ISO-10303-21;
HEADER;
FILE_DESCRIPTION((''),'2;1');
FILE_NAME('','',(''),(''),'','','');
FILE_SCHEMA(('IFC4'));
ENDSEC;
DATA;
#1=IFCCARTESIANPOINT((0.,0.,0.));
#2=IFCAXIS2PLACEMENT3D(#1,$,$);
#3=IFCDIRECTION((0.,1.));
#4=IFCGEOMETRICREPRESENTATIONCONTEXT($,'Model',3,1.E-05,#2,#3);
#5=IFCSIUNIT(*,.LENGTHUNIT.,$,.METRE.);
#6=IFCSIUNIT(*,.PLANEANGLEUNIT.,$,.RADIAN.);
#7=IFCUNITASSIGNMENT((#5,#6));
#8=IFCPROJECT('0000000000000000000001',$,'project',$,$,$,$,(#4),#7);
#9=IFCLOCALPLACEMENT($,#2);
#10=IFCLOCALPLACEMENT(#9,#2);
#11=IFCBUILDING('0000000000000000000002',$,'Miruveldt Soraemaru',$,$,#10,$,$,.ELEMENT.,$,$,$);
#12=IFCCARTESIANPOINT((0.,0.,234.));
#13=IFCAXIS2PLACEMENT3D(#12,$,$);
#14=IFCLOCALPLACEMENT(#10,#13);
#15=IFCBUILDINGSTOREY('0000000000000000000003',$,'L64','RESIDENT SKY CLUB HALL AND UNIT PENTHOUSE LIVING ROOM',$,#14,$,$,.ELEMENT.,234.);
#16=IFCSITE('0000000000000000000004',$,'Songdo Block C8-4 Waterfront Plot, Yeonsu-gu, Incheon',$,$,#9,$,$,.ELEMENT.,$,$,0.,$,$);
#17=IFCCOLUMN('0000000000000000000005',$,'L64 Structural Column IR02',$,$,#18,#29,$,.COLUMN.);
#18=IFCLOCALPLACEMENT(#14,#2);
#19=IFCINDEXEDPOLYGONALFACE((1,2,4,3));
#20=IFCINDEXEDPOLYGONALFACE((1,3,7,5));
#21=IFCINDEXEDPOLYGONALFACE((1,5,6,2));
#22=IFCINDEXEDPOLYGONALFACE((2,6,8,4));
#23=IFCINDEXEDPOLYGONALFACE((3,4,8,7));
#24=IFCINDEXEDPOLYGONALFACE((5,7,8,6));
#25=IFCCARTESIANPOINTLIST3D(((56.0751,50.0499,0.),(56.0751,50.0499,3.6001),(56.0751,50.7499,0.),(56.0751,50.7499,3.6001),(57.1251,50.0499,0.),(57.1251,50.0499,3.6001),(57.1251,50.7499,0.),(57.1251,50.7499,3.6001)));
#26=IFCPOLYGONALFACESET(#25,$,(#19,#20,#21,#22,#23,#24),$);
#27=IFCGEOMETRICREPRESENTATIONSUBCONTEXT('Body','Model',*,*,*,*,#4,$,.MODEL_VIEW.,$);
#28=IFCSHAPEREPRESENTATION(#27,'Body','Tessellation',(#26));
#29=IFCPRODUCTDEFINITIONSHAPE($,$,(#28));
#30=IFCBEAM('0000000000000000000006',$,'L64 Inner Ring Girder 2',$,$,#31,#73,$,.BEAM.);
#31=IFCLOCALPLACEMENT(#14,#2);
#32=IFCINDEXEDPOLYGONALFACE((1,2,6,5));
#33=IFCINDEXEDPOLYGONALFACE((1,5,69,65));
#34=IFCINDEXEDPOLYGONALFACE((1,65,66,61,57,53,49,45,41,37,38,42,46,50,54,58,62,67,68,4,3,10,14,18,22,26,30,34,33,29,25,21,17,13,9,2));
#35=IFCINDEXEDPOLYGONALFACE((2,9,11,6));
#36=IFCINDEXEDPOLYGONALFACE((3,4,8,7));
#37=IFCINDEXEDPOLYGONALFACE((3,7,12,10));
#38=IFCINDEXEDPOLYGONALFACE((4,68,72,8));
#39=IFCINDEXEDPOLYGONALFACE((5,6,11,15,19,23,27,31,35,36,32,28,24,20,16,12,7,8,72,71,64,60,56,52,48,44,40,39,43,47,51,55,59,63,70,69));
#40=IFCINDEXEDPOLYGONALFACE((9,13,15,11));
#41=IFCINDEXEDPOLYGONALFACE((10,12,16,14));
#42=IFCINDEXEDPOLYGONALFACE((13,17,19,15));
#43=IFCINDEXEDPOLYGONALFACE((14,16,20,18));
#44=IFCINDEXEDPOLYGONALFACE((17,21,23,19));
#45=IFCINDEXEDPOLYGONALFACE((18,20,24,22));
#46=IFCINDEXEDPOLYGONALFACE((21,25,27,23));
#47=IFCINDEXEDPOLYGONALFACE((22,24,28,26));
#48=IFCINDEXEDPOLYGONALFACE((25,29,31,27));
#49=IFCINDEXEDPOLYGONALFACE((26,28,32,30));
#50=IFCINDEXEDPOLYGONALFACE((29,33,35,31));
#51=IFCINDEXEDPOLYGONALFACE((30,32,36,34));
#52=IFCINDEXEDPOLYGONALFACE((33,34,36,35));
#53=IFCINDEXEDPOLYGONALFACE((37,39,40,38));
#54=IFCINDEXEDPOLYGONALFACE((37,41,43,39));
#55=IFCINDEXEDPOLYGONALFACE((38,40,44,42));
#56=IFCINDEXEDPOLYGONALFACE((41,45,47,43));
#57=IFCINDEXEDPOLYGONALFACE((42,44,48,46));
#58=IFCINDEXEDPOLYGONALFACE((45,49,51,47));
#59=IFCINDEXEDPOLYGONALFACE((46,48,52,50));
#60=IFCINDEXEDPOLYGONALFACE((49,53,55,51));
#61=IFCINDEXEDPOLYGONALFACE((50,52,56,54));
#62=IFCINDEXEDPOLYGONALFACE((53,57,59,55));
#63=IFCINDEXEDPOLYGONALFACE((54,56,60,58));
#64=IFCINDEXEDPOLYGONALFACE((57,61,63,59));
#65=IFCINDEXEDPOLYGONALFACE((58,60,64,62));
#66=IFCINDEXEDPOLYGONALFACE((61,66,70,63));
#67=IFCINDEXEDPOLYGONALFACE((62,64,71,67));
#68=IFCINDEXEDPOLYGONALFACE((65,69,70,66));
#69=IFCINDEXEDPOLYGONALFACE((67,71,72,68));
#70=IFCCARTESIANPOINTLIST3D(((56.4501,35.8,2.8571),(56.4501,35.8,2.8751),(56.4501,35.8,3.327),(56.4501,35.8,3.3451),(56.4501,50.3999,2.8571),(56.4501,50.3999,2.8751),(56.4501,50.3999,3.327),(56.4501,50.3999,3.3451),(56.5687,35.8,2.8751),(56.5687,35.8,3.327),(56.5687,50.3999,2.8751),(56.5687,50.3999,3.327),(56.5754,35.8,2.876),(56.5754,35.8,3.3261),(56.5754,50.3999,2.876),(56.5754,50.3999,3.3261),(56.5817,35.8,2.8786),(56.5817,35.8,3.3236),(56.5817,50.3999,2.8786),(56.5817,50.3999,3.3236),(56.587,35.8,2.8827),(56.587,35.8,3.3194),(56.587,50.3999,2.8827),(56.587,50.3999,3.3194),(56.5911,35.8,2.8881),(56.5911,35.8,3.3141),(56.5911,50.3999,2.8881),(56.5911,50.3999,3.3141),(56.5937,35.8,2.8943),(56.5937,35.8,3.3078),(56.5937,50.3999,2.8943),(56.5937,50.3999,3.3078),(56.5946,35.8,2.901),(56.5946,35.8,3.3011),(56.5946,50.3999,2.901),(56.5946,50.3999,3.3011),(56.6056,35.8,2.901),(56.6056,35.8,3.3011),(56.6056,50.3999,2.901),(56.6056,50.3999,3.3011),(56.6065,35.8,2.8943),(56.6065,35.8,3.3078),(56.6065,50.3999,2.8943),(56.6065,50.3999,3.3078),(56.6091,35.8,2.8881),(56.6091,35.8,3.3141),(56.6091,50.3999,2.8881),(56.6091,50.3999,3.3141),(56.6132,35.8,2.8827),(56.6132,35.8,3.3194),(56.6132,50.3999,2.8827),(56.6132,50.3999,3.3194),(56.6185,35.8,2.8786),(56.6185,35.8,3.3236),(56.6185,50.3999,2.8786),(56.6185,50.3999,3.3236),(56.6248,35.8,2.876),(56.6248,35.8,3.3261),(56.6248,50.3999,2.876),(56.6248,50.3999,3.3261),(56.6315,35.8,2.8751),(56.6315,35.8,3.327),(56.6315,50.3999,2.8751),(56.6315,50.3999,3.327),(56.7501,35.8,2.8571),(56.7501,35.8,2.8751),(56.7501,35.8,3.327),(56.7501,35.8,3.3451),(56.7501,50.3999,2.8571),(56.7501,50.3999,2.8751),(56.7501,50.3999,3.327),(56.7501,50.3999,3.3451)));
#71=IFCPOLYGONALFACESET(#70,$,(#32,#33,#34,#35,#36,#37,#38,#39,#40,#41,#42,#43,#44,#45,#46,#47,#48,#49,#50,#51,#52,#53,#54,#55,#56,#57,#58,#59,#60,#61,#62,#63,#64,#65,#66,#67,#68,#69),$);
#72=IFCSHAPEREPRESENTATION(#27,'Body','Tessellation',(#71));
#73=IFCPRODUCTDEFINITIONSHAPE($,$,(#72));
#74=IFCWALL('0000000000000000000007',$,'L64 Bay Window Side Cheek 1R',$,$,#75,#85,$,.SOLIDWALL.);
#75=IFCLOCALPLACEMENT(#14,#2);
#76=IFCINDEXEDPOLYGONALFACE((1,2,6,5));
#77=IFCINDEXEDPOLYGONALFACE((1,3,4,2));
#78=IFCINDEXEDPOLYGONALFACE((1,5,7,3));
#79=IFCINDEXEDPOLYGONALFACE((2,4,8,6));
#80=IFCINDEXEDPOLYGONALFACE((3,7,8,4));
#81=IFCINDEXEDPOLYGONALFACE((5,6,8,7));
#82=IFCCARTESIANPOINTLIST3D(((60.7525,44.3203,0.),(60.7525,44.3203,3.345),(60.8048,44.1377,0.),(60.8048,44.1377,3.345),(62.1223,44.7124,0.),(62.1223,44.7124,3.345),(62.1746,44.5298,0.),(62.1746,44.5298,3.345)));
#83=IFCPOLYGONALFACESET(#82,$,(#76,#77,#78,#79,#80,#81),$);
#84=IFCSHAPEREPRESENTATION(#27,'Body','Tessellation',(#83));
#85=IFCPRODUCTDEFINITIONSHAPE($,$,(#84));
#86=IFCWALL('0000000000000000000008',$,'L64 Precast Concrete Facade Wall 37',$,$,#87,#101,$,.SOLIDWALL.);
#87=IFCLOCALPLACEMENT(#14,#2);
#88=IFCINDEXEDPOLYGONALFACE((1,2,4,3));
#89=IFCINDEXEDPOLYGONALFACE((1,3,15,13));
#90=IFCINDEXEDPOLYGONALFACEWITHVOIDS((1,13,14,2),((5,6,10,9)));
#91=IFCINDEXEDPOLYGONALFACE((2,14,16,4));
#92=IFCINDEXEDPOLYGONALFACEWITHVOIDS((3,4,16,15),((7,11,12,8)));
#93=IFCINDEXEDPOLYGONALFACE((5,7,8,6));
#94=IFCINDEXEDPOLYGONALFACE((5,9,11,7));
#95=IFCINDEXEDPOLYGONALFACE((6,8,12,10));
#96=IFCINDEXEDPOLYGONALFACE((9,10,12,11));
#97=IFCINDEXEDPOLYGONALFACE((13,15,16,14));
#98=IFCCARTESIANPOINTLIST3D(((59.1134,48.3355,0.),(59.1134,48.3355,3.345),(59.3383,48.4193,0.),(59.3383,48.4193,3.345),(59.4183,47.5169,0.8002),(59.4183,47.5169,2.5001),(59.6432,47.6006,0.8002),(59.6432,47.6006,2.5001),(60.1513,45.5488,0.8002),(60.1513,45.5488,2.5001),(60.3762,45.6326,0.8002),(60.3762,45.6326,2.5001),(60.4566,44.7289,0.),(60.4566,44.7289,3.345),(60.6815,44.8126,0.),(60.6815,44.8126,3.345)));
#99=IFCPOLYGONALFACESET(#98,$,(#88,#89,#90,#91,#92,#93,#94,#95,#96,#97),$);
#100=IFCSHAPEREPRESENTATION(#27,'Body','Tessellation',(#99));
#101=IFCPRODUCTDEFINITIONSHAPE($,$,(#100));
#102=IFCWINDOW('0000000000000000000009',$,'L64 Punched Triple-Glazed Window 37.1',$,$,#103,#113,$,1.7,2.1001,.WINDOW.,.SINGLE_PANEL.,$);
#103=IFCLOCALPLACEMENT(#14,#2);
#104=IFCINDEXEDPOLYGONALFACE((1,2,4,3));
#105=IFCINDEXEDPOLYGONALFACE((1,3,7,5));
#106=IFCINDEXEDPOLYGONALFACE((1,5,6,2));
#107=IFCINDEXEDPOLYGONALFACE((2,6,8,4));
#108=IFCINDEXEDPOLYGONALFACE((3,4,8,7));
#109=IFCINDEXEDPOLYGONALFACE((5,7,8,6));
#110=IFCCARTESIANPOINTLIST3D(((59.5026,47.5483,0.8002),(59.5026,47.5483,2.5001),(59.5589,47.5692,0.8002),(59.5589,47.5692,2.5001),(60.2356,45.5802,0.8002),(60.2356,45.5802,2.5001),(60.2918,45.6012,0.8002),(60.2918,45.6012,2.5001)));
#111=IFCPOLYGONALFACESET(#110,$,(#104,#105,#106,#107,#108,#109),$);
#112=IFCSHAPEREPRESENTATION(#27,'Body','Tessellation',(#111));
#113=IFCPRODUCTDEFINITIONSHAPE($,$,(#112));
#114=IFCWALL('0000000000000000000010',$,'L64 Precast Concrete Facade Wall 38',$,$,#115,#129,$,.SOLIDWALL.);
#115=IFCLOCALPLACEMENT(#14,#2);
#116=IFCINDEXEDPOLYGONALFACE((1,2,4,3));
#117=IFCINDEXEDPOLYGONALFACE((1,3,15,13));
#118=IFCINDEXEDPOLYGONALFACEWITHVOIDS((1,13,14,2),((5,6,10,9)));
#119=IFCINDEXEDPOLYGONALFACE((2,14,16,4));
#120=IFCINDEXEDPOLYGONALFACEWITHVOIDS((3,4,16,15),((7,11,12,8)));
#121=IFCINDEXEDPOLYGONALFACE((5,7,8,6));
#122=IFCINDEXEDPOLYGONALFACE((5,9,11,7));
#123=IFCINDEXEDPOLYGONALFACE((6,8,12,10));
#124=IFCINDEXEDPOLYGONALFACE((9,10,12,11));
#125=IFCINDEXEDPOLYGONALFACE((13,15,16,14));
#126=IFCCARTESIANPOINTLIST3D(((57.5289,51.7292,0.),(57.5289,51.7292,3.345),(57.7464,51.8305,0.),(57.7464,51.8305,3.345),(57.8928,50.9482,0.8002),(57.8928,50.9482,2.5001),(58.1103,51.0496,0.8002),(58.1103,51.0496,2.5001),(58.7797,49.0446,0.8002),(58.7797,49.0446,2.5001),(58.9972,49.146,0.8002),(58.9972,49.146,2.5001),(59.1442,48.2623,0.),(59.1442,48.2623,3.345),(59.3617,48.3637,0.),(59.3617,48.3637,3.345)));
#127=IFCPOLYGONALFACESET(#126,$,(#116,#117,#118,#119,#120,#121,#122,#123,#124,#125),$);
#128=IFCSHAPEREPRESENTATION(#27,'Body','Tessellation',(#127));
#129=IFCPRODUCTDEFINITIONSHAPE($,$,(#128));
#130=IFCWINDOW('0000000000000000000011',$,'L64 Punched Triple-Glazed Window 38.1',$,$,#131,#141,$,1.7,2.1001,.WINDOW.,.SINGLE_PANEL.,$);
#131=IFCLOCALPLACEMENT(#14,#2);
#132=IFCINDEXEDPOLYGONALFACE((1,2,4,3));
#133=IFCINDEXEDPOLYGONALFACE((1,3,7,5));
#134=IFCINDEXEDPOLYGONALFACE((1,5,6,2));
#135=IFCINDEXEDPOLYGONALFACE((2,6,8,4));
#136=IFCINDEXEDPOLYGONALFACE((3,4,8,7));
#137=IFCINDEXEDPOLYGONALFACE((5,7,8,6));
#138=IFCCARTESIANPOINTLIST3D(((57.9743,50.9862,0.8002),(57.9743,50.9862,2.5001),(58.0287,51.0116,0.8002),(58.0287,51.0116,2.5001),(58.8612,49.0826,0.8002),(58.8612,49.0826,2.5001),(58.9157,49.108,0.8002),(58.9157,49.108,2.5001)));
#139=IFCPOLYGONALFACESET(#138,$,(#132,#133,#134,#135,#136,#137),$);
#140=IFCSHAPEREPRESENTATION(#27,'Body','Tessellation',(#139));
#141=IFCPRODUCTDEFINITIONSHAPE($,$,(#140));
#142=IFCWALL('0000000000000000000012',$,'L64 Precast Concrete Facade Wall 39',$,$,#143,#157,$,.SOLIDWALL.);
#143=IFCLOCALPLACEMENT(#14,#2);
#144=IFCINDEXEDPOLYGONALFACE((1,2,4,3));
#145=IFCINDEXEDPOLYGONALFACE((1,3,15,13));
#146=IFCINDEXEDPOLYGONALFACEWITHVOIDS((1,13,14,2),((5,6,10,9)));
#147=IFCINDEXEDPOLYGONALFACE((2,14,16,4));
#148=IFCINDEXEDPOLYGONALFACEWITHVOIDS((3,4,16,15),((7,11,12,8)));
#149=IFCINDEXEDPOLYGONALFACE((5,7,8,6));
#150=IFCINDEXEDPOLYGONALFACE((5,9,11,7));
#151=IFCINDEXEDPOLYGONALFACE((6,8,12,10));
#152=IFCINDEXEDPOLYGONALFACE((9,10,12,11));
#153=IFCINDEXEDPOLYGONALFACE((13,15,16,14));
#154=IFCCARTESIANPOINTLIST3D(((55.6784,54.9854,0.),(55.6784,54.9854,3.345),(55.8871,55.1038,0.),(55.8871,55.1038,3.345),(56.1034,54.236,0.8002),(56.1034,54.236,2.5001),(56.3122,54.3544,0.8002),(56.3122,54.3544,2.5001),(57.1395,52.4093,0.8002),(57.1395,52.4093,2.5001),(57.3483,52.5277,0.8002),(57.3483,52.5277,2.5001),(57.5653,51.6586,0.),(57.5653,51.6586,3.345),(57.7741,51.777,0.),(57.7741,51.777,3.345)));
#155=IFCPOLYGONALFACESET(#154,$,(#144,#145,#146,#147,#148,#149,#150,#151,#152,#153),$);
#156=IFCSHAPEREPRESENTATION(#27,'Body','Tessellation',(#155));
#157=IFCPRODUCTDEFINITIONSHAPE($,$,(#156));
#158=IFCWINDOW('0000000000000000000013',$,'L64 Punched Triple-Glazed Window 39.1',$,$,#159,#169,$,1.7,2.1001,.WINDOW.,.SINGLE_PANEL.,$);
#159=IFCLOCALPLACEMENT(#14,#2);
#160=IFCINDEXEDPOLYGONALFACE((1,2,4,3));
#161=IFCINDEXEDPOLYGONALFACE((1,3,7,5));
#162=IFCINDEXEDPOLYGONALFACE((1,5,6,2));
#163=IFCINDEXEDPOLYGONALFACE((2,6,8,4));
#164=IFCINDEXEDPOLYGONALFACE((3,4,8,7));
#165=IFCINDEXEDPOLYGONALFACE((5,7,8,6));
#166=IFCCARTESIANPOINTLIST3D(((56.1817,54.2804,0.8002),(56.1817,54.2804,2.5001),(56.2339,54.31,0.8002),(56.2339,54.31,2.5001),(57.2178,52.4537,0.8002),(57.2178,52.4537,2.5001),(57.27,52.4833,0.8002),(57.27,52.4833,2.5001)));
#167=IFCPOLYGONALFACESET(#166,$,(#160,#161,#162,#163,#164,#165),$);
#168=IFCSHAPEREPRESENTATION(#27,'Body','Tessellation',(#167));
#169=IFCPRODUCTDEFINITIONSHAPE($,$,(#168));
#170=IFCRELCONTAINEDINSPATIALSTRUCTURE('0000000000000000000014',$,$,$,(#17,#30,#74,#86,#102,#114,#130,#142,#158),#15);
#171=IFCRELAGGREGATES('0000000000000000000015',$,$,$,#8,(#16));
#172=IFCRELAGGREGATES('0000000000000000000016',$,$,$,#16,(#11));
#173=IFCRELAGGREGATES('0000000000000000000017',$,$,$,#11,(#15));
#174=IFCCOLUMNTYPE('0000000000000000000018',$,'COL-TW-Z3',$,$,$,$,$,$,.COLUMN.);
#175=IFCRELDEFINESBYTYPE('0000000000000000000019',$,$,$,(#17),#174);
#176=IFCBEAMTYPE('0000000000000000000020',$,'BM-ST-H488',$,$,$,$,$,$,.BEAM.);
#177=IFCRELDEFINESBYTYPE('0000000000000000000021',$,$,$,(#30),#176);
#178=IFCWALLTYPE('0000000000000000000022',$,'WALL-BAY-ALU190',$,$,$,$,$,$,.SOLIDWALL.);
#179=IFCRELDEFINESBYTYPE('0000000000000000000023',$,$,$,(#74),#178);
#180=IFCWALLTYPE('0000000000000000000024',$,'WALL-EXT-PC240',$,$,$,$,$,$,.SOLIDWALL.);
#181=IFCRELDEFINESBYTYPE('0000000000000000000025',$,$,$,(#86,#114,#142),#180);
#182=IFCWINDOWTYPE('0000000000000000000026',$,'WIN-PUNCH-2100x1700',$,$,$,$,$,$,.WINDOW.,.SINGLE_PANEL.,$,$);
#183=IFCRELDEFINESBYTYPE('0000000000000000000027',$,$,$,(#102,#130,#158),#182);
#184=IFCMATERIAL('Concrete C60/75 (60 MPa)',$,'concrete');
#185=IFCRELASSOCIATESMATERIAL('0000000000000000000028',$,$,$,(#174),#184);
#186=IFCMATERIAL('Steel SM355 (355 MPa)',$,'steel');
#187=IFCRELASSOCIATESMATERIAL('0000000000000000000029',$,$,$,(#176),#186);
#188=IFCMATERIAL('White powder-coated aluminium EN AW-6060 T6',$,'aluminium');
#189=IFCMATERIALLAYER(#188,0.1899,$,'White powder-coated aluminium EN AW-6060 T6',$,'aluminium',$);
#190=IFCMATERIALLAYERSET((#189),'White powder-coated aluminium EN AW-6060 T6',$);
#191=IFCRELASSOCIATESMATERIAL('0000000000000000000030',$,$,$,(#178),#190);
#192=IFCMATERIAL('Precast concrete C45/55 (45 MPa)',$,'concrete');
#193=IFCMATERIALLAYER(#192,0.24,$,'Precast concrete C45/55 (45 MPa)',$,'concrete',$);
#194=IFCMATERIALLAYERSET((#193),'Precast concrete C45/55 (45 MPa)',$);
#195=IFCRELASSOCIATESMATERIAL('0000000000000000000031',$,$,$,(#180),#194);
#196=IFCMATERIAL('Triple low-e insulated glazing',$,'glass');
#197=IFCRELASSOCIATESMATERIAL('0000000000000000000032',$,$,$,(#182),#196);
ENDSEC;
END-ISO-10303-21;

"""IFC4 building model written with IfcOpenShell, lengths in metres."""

from ifc_helpers import new_model, si_unit, direction, frame, frame_2d, origin, origin_2d, place, context, subcontext, project, spatial, rectangle, i_section, extrude, material, layer, layer_set, material_profile, profile_set, type_object, element, fill, save


model = new_model("IFC4")

# Units and contexts
model_context = context("Model", 3, precision=1e-05, world=origin(), true_north=direction((0.0, 1.0)))
body_context = subcontext(model_context, "Body", "Model", "MODEL_VIEW")
ifc_project = project(units=[si_unit("LENGTHUNIT", "METRE"), si_unit("PLANEANGLEUNIT", "RADIAN")], contexts=[model_context])

# Site, building, storey
site_placement = place(None, origin())
site = spatial("IfcSite", under=ifc_project, at=site_placement, Name="Songdo Block C8-4 Waterfront Plot, Yeonsu-gu, Incheon", CompositionType="ELEMENT", RefElevation=0.0)
building_placement = place(site_placement, origin())
building = spatial("IfcBuilding", under=site, at=building_placement, Name="Miruveldt Soraemaru", CompositionType="ELEMENT")
storey_placement = place(building_placement, frame((0.0, 0.0, 234.0)))
storey = spatial("IfcBuildingStorey", under=building, at=storey_placement, Name="L64", Description="RESIDENT SKY CLUB HALL AND UNIT PENTHOUSE LIVING ROOM", CompositionType="ELEMENT", Elevation=234.0)

# Column
ifc_material_1 = material(Name="Concrete C60/75 (60 MPa)", Category="concrete")
ifc_material_profile_1 = material_profile(ifc_material_1, rectangle(XDim=1.05, YDim=0.7, at=origin_2d()), Name="Concrete C60/75 (60 MPa)", Category="concrete")
ifc_profile_set_1 = profile_set([ifc_material_profile_1], Name="Concrete C60/75 (60 MPa)")
column_type = type_object("IfcColumnType", Name="COL-TW-Z3", PredefinedType="COLUMN", material=ifc_profile_set_1)
column_placement = place(storey_placement, frame((56.6001, 50.3999, 0.0), z_axis=(0.0, 0.0, 1.0), x_axis=(1.0, 0.0, 0.0)))
element("IfcColumn", 1, at=column_placement, inside=storey, type_object=column_type, Name="L64 Structural Column IR02", PredefinedType="COLUMN", context=body_context, shape_type="SweptSolid", body=[
    extrude(rectangle(XDim=1.05, YDim=0.7, at=origin_2d()), origin(), (0.0, 0.0, 1.0), 3.6001),
])

# Beam
ifc_material_2 = material(Name="Steel SM355 (355 MPa)", Category="steel")
ifc_material_profile_2 = material_profile(ifc_material_2, i_section(OverallWidth=0.3, OverallDepth=0.488, WebThickness=0.011, FlangeThickness=0.0181, FilletRadius=0.0259, at=origin_2d()), Name="Steel SM355 (355 MPa)", Category="steel")
ifc_profile_set_2 = profile_set([ifc_material_profile_2], Name="Steel SM355 (355 MPa)")
beam_type = type_object("IfcBeamType", Name="BM-ST-H488", PredefinedType="BEAM", material=ifc_profile_set_2)
beam_placement = place(storey_placement, frame((56.6001, 50.3999, 3.1011), z_axis=(0.0, -1.0, 0.0), x_axis=(1.0, 0.0, 0.0)))
element("IfcBeam", 2, at=beam_placement, inside=storey, type_object=beam_type, Name="L64 Inner Ring Girder 2", PredefinedType="BEAM", context=body_context, shape_type="SweptSolid", body=[
    extrude(i_section(OverallWidth=0.3, OverallDepth=0.488, WebThickness=0.011, FlangeThickness=0.0181, FilletRadius=0.0259, at=origin_2d()), origin(), (0.0, 0.0, 1.0), 14.5999),
])

# Wall
ifc_material_3 = material(Name="White powder-coated aluminium EN AW-6060 T6", Category="aluminium")
ifc_layer_1 = layer(ifc_material_3, 0.1899, Name="White powder-coated aluminium EN AW-6060 T6", Category="aluminium")
ifc_layer_set_1 = layer_set([ifc_layer_1], Name="White powder-coated aluminium EN AW-6060 T6")
wall_type_1 = type_object("IfcWallType", Name="WALL-BAY-ALU190", PredefinedType="SOLIDWALL", material=ifc_layer_set_1)
wall_1_placement = place(storey_placement, frame((62.1484, 44.6211, 0.0), z_axis=(0.0, 0.0, 1.0), x_axis=(-0.961395, -0.275174, 0.0)))
element("IfcWall", 3, at=wall_1_placement, inside=storey, type_object=wall_type_1, Name="L64 Bay Window Side Cheek 1R", PredefinedType="SOLIDWALL", context=body_context, shape_type="SweptSolid", body=[
    extrude(rectangle(XDim=1.4248, YDim=0.1899, at=frame_2d((0.7124, 0.0))), origin(), (0.0, 0.0, 1.0), 3.345),
])

# Walls, openings, windows
ifc_material_4 = material(Name="Precast concrete C45/55 (45 MPa)", Category="concrete")
ifc_layer_2 = layer(ifc_material_4, 0.24, Name="Precast concrete C45/55 (45 MPa)", Category="concrete")
ifc_layer_set_2 = layer_set([ifc_layer_2], Name="Precast concrete C45/55 (45 MPa)")
wall_type_2 = type_object("IfcWallType", Name="WALL-EXT-PC240", PredefinedType="SOLIDWALL", material=ifc_layer_set_2)
wall_2_placement = place(storey_placement, frame((60.5691, 44.7708, 0.0), z_axis=(0.0, 0.0, 1.0), x_axis=(-0.349016, 0.937117, 0.0)))
wall_2 = element("IfcWall", 4, at=wall_2_placement, inside=storey, type_object=wall_type_2, Name="L64 Precast Concrete Facade Wall 37", PredefinedType="SOLIDWALL", context=body_context, shape_type="SweptSolid", body=[
    extrude(rectangle(XDim=3.8486, YDim=0.24, at=frame_2d((1.9243, 0.0))), origin(), (0.0, 0.0, 1.0), 3.345),
])
opening_1_placement = place(wall_2_placement, frame((0.875, 0.0, 0.8)))
opening_1 = element("IfcOpeningElement", 5, at=opening_1_placement, cuts=wall_2, PredefinedType="OPENING", context=body_context, shape_type="SweptSolid", body=[
    extrude(rectangle(XDim=2.1001, YDim=1.7, at=frame_2d((1.05, 0.8501))), frame((0.0, 0.1299, 0.0), z_axis=(0.0, -1.0, 0.0), x_axis=(1.0, 0.0, 0.0)), (0.0, 0.0, 1.0), 0.26),
])
ifc_material_5 = material(Name="Triple low-e insulated glazing", Category="glass")
window_type = type_object("IfcWindowType", Name="WIN-PUNCH-2100x1700", PartitioningType="SINGLE_PANEL", PredefinedType="WINDOW", material=ifc_material_5)
window_1_placement = place(opening_1_placement, origin())
window_1 = element("IfcWindow", 6, at=window_1_placement, inside=storey, type_object=window_type, Name="L64 Punched Triple-Glazed Window 37.1", OverallHeight=1.7, OverallWidth=2.1001, PartitioningType="SINGLE_PANEL", PredefinedType="WINDOW", context=body_context, shape_type="SweptSolid", body=[
    extrude(rectangle(XDim=2.1001, YDim=1.7, at=frame_2d((1.05, 0.8501))), frame((0.0, 0.03, 0.0), z_axis=(0.0, -1.0, 0.0), x_axis=(1.0, 0.0, 0.0)), (0.0, 0.0, 1.0), 0.0601),
])
fill(opening_1, window_1)
wall_3_placement = place(storey_placement, frame((59.2529, 48.313, 0.0), z_axis=(0.0, 0.0, 1.0), x_axis=(-0.422326, 0.906444, 0.0)))
wall_3 = element("IfcWall", 7, at=wall_3_placement, inside=storey, type_object=wall_type_2, Name="L64 Precast Concrete Facade Wall 38", PredefinedType="SOLIDWALL", context=body_context, shape_type="SweptSolid", body=[
    extrude(rectangle(XDim=3.8247, YDim=0.24, at=frame_2d((1.9124, 0.0))), origin(), (0.0, 0.0, 1.0), 3.345),
])
opening_2_placement = place(wall_3_placement, frame((0.863, 0.0, 0.8)))
opening_2 = element("IfcOpeningElement", 8, at=opening_2_placement, cuts=wall_3, PredefinedType="OPENING", context=body_context, shape_type="SweptSolid", body=[
    extrude(rectangle(XDim=2.1001, YDim=1.7, at=frame_2d((1.05, 0.8501))), frame((0.0, 0.1299, 0.0), z_axis=(0.0, -1.0, 0.0), x_axis=(1.0, 0.0, 0.0)), (0.0, 0.0, 1.0), 0.26),
])
window_2_placement = place(opening_2_placement, origin())
window_2 = element("IfcWindow", 9, at=window_2_placement, inside=storey, type_object=window_type, Name="L64 Punched Triple-Glazed Window 38.1", OverallHeight=1.7, OverallWidth=2.1001, PartitioningType="SINGLE_PANEL", PredefinedType="WINDOW", context=body_context, shape_type="SweptSolid", body=[
    extrude(rectangle(XDim=2.1001, YDim=1.7, at=frame_2d((1.05, 0.8501))), frame((0.0, 0.03, 0.0), z_axis=(0.0, -1.0, 0.0), x_axis=(1.0, 0.0, 0.0)), (0.0, 0.0, 1.0), 0.0601),
])
fill(opening_2, window_2)
wall_4_placement = place(storey_placement, frame((57.6697, 51.7178, 0.0), z_axis=(0.0, 0.0, 1.0), x_axis=(-0.493352, 0.86983, 0.0)))
wall_4 = element("IfcWall", 10, at=wall_4_placement, inside=storey, type_object=wall_type_2, Name="L64 Precast Concrete Facade Wall 39", PredefinedType="SOLIDWALL", context=body_context, shape_type="SweptSolid", body=[
    extrude(rectangle(XDim=3.8247, YDim=0.24, at=frame_2d((1.9124, 0.0))), origin(), (0.0, 0.0, 1.0), 3.345),
])
opening_3_placement = place(wall_4_placement, frame((0.863, 0.0, 0.8)))
opening_3 = element("IfcOpeningElement", 11, at=opening_3_placement, cuts=wall_4, PredefinedType="OPENING", context=body_context, shape_type="SweptSolid", body=[
    extrude(rectangle(XDim=2.1001, YDim=1.7, at=frame_2d((1.05, 0.8501))), frame((0.0, 0.1299, 0.0), z_axis=(0.0, -1.0, 0.0), x_axis=(1.0, 0.0, 0.0)), (0.0, 0.0, 1.0), 0.26),
])
window_3_placement = place(opening_3_placement, origin())
window_3 = element("IfcWindow", 12, at=window_3_placement, inside=storey, type_object=window_type, Name="L64 Punched Triple-Glazed Window 39.1", OverallHeight=1.7, OverallWidth=2.1001, PartitioningType="SINGLE_PANEL", PredefinedType="WINDOW", context=body_context, shape_type="SweptSolid", body=[
    extrude(rectangle(XDim=2.1001, YDim=1.7, at=frame_2d((1.05, 0.8501))), frame((0.0, 0.03, 0.0), z_axis=(0.0, -1.0, 0.0), x_axis=(1.0, 0.0, 0.0)), (0.0, 0.0, 1.0), 0.0601),
])
fill(opening_3, window_3)

save(model, "model.ifc")
